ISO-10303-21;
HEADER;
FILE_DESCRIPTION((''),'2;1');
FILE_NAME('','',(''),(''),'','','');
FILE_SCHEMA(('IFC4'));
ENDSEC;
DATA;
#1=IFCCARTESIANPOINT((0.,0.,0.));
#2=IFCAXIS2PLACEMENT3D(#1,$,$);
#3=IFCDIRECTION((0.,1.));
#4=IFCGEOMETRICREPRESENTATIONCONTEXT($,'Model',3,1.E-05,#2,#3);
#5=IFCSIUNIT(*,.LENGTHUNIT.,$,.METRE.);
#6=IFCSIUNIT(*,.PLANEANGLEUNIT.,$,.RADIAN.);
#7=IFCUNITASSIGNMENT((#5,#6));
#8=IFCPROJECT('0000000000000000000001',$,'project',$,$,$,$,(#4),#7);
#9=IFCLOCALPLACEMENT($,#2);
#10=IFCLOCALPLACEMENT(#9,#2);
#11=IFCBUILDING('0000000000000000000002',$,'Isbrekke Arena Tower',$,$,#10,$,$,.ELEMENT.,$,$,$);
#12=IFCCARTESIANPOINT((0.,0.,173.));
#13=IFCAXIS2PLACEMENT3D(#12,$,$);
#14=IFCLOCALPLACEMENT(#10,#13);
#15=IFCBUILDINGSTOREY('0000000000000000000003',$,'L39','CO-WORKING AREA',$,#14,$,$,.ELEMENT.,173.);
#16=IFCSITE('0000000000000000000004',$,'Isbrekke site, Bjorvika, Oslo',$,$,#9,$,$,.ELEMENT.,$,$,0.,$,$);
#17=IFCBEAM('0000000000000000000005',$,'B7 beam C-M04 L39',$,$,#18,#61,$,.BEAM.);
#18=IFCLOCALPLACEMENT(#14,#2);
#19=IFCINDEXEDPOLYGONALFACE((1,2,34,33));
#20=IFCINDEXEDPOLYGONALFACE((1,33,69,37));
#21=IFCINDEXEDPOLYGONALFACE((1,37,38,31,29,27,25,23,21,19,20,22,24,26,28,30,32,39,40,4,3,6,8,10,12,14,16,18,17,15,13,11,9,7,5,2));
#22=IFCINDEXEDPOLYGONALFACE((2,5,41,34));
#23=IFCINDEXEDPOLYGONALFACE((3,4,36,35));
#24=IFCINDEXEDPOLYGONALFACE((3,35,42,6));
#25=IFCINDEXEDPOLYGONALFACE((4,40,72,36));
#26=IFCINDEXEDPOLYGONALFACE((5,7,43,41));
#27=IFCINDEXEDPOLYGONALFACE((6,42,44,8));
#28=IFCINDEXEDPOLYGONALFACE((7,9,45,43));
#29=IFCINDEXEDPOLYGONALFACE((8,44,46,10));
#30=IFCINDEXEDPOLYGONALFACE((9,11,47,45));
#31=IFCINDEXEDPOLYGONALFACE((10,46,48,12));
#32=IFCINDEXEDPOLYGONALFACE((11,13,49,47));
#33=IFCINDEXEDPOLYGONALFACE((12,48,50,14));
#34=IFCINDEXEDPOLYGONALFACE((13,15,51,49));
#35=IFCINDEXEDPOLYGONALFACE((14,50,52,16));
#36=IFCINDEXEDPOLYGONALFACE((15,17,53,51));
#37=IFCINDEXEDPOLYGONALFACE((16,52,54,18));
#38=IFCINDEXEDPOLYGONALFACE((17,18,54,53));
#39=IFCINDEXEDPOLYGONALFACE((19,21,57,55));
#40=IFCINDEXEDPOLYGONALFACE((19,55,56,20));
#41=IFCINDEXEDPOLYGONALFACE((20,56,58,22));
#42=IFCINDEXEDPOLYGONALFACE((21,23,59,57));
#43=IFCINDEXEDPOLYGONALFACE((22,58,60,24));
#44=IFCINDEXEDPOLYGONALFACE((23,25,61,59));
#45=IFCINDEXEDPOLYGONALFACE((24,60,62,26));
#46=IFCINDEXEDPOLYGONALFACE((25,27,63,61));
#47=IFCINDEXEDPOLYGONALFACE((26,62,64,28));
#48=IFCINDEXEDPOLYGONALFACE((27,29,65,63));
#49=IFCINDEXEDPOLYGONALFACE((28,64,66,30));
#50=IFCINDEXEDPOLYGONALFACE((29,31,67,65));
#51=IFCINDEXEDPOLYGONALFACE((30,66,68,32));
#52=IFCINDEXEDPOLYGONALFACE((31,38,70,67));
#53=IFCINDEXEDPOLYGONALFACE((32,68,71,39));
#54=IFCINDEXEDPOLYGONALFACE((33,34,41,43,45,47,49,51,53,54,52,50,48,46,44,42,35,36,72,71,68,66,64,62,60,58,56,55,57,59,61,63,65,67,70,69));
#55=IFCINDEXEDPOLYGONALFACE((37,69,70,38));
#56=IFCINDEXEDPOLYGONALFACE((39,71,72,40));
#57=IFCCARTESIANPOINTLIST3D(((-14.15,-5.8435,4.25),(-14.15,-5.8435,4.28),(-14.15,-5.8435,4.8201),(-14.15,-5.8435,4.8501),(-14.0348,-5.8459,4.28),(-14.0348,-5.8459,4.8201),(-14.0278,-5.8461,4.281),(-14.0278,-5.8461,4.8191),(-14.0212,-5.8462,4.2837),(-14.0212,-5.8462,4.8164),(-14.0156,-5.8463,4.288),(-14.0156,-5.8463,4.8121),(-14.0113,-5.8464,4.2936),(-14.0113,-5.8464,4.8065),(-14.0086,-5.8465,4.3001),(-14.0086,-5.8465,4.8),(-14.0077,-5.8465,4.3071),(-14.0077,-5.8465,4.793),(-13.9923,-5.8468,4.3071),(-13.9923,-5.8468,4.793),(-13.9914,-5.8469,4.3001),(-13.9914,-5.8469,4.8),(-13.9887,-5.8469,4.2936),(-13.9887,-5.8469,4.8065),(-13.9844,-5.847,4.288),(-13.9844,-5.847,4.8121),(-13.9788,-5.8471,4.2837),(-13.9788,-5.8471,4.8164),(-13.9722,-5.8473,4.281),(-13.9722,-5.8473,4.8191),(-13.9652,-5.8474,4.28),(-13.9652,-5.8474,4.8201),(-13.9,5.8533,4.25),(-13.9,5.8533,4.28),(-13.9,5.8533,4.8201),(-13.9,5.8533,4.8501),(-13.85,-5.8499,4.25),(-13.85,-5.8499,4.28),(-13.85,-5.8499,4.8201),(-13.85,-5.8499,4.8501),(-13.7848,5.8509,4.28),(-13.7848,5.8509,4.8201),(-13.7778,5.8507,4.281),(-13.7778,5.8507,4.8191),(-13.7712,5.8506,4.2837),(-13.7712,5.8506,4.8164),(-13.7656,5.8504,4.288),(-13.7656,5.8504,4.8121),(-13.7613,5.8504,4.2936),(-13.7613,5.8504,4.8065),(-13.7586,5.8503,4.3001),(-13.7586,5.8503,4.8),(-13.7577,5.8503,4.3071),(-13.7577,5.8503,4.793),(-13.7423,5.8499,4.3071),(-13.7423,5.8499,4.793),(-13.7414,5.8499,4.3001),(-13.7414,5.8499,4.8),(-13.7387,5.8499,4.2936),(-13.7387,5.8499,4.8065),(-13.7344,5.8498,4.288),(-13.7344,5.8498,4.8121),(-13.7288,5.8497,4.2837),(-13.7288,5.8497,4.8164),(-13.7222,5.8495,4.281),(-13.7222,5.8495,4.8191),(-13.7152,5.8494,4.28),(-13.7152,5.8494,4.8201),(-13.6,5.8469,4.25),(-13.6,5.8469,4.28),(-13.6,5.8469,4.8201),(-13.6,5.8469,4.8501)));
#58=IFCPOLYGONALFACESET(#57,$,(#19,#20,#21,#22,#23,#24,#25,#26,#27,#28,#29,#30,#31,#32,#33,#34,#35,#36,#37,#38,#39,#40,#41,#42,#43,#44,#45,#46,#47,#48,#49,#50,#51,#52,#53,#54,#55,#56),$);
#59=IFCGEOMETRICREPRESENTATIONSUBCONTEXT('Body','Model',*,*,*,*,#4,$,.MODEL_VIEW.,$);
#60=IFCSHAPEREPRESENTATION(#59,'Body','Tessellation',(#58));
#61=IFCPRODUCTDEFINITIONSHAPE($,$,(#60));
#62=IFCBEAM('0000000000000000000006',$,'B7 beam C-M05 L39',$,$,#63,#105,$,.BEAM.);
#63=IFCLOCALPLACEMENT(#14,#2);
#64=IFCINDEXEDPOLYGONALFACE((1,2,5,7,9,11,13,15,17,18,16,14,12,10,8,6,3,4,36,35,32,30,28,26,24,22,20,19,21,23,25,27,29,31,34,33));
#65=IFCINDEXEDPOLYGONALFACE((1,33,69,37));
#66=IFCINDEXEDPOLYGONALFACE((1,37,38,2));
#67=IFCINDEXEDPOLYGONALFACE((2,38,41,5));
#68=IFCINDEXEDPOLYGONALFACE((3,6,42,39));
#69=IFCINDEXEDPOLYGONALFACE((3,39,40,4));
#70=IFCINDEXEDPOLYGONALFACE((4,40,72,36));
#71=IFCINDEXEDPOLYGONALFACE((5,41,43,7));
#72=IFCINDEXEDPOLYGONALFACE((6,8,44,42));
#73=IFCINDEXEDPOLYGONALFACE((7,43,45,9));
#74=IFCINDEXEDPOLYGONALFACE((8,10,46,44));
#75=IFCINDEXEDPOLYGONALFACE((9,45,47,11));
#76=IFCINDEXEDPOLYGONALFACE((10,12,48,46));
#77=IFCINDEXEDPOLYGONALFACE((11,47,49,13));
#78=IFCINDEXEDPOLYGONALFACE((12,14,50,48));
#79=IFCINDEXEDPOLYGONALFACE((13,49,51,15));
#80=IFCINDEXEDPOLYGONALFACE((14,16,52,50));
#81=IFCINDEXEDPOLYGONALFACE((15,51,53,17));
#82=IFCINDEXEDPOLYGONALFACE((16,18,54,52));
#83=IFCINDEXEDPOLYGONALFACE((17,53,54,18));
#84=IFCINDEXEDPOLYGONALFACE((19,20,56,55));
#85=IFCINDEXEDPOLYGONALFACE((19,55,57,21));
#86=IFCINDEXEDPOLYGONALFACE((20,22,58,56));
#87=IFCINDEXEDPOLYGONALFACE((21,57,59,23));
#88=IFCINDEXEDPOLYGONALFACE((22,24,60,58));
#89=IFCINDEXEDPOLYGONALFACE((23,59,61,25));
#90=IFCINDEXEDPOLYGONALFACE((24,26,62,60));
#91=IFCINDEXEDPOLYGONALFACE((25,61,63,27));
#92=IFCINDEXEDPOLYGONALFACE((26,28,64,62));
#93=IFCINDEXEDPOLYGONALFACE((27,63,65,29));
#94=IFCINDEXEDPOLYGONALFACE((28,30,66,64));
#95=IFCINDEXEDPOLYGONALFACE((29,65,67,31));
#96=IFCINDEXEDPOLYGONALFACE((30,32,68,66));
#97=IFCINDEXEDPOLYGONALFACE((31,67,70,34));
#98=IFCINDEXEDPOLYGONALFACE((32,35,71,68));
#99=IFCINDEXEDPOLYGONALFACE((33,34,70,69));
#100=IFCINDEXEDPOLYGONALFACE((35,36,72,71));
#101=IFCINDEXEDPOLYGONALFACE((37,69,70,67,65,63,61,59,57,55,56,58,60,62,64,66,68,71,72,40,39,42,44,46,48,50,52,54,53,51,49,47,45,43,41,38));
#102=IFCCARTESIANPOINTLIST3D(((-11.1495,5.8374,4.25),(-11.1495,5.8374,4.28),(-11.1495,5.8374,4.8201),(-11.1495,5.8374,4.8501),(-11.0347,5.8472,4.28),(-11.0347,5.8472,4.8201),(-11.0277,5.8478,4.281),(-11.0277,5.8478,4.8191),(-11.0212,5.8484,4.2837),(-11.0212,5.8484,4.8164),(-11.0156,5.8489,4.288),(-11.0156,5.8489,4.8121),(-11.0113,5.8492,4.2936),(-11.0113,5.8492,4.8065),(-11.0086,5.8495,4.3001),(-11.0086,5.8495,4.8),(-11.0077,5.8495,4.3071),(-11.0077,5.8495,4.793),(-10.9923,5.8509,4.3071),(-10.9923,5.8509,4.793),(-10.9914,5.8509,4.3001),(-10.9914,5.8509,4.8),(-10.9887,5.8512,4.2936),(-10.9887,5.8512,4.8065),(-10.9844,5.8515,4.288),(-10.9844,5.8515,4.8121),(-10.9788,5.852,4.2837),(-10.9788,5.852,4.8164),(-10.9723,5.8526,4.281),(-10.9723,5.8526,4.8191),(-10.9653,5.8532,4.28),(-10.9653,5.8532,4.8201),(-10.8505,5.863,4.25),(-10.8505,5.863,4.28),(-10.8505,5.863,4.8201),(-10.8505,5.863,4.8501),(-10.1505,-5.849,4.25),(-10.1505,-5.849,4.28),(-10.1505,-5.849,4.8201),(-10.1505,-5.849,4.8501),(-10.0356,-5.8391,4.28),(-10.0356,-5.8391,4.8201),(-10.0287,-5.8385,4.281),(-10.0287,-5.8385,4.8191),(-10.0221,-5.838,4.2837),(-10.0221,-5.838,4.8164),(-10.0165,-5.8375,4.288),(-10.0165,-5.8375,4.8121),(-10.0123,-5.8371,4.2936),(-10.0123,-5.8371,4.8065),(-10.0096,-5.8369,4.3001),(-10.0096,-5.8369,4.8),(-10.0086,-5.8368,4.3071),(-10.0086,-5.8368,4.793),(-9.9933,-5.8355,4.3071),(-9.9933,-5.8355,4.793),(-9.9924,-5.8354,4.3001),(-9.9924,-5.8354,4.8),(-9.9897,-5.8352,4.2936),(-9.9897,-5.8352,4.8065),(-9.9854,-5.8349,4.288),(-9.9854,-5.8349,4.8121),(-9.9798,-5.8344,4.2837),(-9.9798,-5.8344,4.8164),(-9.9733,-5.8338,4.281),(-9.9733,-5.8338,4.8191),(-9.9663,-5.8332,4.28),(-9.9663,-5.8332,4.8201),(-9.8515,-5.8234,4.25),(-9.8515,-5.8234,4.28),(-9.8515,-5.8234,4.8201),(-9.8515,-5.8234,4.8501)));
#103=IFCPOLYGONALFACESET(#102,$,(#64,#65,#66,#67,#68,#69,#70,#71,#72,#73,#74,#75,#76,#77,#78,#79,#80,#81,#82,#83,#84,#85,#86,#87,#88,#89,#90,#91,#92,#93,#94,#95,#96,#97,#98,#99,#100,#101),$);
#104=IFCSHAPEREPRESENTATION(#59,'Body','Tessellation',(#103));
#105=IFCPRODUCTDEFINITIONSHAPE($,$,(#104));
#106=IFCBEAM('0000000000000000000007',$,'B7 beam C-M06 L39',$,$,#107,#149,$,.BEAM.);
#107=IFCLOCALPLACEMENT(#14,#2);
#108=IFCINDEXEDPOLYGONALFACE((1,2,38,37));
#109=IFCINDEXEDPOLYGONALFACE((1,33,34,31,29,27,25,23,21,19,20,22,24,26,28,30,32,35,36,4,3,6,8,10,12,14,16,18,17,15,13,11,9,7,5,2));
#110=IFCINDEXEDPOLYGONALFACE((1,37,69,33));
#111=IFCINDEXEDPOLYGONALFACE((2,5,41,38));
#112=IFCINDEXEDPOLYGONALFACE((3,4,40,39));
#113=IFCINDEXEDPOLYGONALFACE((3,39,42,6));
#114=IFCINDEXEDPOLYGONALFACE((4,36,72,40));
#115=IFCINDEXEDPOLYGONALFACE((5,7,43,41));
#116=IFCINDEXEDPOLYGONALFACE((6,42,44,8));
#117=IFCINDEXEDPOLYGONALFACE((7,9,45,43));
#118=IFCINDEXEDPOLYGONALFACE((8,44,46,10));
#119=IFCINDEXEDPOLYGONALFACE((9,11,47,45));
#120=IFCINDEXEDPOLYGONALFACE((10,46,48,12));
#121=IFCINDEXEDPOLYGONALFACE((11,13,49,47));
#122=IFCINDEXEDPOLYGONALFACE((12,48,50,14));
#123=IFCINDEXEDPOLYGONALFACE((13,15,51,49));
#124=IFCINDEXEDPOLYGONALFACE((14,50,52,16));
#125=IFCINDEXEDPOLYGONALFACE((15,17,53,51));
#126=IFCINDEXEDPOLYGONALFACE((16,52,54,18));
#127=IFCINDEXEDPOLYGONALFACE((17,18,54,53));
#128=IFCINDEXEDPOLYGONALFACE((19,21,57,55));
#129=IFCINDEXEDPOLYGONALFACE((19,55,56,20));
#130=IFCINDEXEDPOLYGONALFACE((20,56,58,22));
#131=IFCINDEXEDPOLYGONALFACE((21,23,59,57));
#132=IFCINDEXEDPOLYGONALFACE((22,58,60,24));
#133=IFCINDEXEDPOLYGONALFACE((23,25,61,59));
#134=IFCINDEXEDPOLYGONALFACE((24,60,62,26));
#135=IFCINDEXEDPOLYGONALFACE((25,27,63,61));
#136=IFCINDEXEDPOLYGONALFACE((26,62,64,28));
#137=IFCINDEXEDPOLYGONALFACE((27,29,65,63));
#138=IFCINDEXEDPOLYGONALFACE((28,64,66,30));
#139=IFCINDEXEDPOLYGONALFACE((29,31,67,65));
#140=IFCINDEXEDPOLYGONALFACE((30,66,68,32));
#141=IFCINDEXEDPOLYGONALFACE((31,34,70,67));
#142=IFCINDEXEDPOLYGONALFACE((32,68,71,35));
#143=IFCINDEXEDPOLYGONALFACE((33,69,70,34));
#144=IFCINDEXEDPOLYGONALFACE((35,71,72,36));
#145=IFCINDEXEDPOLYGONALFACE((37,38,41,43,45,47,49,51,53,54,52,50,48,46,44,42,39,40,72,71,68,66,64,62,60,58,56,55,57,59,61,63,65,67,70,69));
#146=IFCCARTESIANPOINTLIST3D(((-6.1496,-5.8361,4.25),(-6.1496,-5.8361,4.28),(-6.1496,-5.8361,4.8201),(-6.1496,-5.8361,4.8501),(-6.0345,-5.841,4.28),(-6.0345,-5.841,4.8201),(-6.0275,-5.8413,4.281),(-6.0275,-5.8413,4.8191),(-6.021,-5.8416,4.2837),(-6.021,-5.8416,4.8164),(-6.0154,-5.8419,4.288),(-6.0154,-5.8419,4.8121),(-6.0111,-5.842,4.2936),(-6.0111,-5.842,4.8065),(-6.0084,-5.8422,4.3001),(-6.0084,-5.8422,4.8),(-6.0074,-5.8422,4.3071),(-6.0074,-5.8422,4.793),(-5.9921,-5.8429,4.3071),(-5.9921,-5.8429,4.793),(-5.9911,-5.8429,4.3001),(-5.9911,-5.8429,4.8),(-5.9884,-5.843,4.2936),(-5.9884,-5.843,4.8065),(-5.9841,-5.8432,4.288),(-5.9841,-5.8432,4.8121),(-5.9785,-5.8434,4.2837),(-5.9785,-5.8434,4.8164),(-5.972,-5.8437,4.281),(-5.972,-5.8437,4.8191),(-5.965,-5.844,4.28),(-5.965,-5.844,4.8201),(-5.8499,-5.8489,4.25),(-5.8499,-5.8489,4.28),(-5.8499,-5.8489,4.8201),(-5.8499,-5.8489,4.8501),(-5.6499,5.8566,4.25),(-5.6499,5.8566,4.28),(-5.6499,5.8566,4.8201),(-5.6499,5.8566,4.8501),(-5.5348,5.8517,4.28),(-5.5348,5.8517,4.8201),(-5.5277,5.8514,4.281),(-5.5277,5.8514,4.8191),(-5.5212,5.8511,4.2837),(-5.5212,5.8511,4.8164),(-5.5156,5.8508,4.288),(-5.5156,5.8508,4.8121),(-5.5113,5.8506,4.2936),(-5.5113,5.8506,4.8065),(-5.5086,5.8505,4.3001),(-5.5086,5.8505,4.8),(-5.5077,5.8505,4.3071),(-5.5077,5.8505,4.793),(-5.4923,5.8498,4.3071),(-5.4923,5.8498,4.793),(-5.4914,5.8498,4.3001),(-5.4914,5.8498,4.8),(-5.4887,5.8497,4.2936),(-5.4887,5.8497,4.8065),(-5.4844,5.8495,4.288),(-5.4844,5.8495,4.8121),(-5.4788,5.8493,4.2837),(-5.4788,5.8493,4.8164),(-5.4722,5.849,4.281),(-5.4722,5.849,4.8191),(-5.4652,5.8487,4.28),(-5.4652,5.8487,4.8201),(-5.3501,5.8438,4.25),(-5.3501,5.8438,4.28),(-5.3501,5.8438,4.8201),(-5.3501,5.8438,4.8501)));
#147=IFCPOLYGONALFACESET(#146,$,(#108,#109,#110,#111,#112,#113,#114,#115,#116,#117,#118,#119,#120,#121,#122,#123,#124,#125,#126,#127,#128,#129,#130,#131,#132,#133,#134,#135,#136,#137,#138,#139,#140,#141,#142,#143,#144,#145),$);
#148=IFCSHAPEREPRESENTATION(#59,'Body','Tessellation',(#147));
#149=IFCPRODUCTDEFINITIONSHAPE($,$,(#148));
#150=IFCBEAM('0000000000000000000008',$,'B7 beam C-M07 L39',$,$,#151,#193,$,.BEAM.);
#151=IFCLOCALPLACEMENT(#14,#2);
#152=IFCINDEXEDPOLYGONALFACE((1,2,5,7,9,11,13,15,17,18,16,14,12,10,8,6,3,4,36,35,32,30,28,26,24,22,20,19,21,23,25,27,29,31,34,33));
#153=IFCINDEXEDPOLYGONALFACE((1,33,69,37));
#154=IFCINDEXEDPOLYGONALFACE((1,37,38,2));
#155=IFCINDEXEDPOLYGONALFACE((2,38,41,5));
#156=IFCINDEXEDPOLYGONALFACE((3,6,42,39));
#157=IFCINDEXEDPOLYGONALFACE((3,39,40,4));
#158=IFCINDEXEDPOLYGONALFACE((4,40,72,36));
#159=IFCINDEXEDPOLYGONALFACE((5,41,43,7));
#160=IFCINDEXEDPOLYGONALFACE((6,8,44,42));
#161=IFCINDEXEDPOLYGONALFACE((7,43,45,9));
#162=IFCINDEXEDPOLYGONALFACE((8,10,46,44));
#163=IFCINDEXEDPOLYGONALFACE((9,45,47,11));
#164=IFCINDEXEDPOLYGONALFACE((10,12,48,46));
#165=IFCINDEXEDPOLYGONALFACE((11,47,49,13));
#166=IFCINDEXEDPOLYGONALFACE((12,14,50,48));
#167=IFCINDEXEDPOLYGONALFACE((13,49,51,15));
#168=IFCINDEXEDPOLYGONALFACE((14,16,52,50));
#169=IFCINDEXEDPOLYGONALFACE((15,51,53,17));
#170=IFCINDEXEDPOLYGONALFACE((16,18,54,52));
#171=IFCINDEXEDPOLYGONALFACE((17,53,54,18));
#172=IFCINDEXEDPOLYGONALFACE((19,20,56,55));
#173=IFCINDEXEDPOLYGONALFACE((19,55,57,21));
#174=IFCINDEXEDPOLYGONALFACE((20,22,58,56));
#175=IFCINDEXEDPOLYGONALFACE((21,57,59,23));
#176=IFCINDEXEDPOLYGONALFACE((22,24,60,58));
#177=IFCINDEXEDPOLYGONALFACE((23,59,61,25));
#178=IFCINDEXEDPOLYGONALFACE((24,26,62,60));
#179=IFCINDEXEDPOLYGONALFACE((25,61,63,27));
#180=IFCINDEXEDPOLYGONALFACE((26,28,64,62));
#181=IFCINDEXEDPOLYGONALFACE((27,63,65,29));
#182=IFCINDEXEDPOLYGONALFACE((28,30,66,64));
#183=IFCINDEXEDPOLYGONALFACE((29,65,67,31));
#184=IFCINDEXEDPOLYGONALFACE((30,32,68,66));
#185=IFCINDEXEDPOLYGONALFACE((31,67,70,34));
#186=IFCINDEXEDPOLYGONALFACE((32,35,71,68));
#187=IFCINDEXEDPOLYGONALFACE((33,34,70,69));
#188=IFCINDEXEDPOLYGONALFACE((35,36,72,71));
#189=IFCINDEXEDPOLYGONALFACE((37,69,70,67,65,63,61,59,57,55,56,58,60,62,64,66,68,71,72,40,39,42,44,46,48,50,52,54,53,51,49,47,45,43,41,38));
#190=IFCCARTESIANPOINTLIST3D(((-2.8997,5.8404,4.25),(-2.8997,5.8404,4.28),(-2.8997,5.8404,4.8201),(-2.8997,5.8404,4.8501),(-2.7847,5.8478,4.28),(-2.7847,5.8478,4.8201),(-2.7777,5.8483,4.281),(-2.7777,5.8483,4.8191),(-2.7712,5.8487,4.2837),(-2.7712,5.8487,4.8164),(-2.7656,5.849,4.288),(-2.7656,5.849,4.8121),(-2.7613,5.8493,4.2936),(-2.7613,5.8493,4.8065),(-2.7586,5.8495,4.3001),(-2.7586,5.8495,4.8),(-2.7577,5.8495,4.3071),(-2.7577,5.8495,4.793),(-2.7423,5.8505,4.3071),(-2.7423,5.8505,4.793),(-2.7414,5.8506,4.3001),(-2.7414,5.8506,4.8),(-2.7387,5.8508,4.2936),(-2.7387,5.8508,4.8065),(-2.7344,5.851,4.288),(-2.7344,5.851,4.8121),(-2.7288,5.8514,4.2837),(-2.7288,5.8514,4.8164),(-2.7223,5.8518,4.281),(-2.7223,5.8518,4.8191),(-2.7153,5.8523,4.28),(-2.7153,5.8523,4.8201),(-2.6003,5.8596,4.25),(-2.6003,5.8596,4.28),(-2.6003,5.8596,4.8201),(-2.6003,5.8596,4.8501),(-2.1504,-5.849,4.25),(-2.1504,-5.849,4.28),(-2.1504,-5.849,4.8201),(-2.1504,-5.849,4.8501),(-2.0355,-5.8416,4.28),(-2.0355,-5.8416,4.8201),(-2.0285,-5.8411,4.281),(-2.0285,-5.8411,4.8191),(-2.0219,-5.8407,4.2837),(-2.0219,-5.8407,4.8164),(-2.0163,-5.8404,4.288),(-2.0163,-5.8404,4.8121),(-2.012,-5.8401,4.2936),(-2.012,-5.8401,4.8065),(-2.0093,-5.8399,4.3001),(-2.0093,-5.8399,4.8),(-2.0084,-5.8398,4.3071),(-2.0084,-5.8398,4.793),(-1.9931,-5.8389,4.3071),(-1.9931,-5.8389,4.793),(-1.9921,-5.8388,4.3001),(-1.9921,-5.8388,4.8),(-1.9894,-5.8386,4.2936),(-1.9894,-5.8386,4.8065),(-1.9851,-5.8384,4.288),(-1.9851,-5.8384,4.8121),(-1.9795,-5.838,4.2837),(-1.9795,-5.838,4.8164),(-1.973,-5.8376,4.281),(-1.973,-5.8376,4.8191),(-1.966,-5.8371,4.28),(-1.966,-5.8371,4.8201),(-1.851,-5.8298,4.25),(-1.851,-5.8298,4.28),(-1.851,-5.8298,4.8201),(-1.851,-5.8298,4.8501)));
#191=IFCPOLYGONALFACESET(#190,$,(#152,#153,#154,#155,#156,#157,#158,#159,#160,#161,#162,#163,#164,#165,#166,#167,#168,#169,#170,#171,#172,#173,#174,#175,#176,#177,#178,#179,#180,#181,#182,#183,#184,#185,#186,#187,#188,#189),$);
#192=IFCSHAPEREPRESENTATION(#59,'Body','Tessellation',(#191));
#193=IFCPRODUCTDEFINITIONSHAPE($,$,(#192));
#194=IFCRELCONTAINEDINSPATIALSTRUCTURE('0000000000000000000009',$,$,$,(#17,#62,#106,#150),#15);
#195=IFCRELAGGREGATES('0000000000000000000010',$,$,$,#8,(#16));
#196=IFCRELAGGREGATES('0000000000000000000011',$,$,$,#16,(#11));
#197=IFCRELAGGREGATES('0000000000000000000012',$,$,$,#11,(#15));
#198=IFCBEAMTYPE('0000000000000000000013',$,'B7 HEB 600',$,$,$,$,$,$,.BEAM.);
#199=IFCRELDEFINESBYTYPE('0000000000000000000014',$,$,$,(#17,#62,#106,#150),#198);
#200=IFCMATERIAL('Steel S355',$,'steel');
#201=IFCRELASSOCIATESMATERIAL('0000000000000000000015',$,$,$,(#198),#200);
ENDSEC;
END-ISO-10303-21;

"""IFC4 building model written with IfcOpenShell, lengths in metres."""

from ifc_helpers import new_model, si_unit, direction, frame, origin, origin_2d, place, context, subcontext, project, spatial, i_section, extrude, material, material_profile, profile_set, type_object, element, save


model = new_model("IFC4")

# Units and contexts
model_context = context("Model", 3, precision=1e-05, world=origin(), true_north=direction((0.0, 1.0)))
body_context = subcontext(model_context, "Body", "Model", "MODEL_VIEW")
ifc_project = project(units=[si_unit("LENGTHUNIT", "METRE"), si_unit("PLANEANGLEUNIT", "RADIAN")], contexts=[model_context])

# Site, building, storey
site_placement = place(None, origin())
site = spatial("IfcSite", under=ifc_project, at=site_placement, Name="Isbrekke site, Bjorvika, Oslo", CompositionType="ELEMENT", RefElevation=0.0)
building_placement = place(site_placement, origin())
building = spatial("IfcBuilding", under=site, at=building_placement, Name="Isbrekke Arena Tower", CompositionType="ELEMENT")
storey_placement = place(building_placement, frame((0.0, 0.0, 173.0)))
storey = spatial("IfcBuildingStorey", under=building, at=storey_placement, Name="L39", Description="CO-WORKING AREA", CompositionType="ELEMENT", Elevation=173.0)

# Beams
ifc_material_1 = material(Name="Steel S355", Category="steel")
ifc_material_profile_1 = material_profile(ifc_material_1, i_section(OverallWidth=0.3, OverallDepth=0.6001, WebThickness=0.0154, FlangeThickness=0.03, FilletRadius=0.0271, at=origin_2d()), Name="HEB 600")
ifc_profile_set_1 = profile_set([ifc_material_profile_1], Name="Steel S355")
beam_type_1 = type_object("IfcBeamType", Name="B7 HEB 600", PredefinedType="BEAM", material=ifc_profile_set_1)
beam_1_placement = place(storey_placement, frame((-14.0, -5.8467, 4.55), z_axis=(0.021369, 0.999772, 0.0), x_axis=(-0.999772, 0.021369, 0.0)))
element("IfcBeam", 1, at=beam_1_placement, inside=storey, type_object=beam_type_1, Name="B7 beam C-M04 L39", PredefinedType="BEAM", context=body_context, shape_type="SweptSolid", body=[
    extrude(i_section(OverallWidth=0.3, OverallDepth=0.6001, WebThickness=0.0154, FlangeThickness=0.03, FilletRadius=0.0271, at=origin_2d()), origin(), (0.0, 0.0, 1.0), 11.6995),
])
beam_2_placement = place(storey_placement, frame((-10.001, -5.8362, 4.55), z_axis=(-0.085176, 0.996366, 0.0), x_axis=(-0.996366, -0.085176, 0.0)))
element("IfcBeam", 2, at=beam_2_placement, inside=storey, type_object=beam_type_1, Name="B7 beam C-M05 L39", PredefinedType="BEAM", context=body_context, shape_type="SweptSolid", body=[
    extrude(i_section(OverallWidth=0.3, OverallDepth=0.6001, WebThickness=0.0154, FlangeThickness=0.03, FilletRadius=0.0271, at=origin_2d()), origin(), (0.0, 0.0, 1.0), 11.729),
])
beam_3_placement = place(storey_placement, frame((-5.9998, -5.8425, 4.55), z_axis=(0.042702, 0.999088, 0.0), x_axis=(-0.999088, 0.042702, 0.0)))
element("IfcBeam", 3, at=beam_3_placement, inside=storey, type_object=beam_type_1, Name="B7 beam C-M06 L39", PredefinedType="BEAM", context=body_context, shape_type="SweptSolid", body=[
    extrude(i_section(OverallWidth=0.3, OverallDepth=0.6001, WebThickness=0.0154, FlangeThickness=0.03, FilletRadius=0.0271, at=origin_2d()), origin(), (0.0, 0.0, 1.0), 11.7034),
])
beam_4_placement = place(storey_placement, frame((-2.0007, -5.8394, 4.55), z_axis=(-0.063966, 0.997952, 0.0), x_axis=(-0.997952, -0.063966, 0.0)))
element("IfcBeam", 4, at=beam_4_placement, inside=storey, type_object=beam_type_1, Name="B7 beam C-M07 L39", PredefinedType="BEAM", context=body_context, shape_type="SweptSolid", body=[
    extrude(i_section(OverallWidth=0.3, OverallDepth=0.6001, WebThickness=0.0154, FlangeThickness=0.03, FilletRadius=0.0271, at=origin_2d()), origin(), (0.0, 0.0, 1.0), 11.7134),
])

save(model, "model.ifc")
